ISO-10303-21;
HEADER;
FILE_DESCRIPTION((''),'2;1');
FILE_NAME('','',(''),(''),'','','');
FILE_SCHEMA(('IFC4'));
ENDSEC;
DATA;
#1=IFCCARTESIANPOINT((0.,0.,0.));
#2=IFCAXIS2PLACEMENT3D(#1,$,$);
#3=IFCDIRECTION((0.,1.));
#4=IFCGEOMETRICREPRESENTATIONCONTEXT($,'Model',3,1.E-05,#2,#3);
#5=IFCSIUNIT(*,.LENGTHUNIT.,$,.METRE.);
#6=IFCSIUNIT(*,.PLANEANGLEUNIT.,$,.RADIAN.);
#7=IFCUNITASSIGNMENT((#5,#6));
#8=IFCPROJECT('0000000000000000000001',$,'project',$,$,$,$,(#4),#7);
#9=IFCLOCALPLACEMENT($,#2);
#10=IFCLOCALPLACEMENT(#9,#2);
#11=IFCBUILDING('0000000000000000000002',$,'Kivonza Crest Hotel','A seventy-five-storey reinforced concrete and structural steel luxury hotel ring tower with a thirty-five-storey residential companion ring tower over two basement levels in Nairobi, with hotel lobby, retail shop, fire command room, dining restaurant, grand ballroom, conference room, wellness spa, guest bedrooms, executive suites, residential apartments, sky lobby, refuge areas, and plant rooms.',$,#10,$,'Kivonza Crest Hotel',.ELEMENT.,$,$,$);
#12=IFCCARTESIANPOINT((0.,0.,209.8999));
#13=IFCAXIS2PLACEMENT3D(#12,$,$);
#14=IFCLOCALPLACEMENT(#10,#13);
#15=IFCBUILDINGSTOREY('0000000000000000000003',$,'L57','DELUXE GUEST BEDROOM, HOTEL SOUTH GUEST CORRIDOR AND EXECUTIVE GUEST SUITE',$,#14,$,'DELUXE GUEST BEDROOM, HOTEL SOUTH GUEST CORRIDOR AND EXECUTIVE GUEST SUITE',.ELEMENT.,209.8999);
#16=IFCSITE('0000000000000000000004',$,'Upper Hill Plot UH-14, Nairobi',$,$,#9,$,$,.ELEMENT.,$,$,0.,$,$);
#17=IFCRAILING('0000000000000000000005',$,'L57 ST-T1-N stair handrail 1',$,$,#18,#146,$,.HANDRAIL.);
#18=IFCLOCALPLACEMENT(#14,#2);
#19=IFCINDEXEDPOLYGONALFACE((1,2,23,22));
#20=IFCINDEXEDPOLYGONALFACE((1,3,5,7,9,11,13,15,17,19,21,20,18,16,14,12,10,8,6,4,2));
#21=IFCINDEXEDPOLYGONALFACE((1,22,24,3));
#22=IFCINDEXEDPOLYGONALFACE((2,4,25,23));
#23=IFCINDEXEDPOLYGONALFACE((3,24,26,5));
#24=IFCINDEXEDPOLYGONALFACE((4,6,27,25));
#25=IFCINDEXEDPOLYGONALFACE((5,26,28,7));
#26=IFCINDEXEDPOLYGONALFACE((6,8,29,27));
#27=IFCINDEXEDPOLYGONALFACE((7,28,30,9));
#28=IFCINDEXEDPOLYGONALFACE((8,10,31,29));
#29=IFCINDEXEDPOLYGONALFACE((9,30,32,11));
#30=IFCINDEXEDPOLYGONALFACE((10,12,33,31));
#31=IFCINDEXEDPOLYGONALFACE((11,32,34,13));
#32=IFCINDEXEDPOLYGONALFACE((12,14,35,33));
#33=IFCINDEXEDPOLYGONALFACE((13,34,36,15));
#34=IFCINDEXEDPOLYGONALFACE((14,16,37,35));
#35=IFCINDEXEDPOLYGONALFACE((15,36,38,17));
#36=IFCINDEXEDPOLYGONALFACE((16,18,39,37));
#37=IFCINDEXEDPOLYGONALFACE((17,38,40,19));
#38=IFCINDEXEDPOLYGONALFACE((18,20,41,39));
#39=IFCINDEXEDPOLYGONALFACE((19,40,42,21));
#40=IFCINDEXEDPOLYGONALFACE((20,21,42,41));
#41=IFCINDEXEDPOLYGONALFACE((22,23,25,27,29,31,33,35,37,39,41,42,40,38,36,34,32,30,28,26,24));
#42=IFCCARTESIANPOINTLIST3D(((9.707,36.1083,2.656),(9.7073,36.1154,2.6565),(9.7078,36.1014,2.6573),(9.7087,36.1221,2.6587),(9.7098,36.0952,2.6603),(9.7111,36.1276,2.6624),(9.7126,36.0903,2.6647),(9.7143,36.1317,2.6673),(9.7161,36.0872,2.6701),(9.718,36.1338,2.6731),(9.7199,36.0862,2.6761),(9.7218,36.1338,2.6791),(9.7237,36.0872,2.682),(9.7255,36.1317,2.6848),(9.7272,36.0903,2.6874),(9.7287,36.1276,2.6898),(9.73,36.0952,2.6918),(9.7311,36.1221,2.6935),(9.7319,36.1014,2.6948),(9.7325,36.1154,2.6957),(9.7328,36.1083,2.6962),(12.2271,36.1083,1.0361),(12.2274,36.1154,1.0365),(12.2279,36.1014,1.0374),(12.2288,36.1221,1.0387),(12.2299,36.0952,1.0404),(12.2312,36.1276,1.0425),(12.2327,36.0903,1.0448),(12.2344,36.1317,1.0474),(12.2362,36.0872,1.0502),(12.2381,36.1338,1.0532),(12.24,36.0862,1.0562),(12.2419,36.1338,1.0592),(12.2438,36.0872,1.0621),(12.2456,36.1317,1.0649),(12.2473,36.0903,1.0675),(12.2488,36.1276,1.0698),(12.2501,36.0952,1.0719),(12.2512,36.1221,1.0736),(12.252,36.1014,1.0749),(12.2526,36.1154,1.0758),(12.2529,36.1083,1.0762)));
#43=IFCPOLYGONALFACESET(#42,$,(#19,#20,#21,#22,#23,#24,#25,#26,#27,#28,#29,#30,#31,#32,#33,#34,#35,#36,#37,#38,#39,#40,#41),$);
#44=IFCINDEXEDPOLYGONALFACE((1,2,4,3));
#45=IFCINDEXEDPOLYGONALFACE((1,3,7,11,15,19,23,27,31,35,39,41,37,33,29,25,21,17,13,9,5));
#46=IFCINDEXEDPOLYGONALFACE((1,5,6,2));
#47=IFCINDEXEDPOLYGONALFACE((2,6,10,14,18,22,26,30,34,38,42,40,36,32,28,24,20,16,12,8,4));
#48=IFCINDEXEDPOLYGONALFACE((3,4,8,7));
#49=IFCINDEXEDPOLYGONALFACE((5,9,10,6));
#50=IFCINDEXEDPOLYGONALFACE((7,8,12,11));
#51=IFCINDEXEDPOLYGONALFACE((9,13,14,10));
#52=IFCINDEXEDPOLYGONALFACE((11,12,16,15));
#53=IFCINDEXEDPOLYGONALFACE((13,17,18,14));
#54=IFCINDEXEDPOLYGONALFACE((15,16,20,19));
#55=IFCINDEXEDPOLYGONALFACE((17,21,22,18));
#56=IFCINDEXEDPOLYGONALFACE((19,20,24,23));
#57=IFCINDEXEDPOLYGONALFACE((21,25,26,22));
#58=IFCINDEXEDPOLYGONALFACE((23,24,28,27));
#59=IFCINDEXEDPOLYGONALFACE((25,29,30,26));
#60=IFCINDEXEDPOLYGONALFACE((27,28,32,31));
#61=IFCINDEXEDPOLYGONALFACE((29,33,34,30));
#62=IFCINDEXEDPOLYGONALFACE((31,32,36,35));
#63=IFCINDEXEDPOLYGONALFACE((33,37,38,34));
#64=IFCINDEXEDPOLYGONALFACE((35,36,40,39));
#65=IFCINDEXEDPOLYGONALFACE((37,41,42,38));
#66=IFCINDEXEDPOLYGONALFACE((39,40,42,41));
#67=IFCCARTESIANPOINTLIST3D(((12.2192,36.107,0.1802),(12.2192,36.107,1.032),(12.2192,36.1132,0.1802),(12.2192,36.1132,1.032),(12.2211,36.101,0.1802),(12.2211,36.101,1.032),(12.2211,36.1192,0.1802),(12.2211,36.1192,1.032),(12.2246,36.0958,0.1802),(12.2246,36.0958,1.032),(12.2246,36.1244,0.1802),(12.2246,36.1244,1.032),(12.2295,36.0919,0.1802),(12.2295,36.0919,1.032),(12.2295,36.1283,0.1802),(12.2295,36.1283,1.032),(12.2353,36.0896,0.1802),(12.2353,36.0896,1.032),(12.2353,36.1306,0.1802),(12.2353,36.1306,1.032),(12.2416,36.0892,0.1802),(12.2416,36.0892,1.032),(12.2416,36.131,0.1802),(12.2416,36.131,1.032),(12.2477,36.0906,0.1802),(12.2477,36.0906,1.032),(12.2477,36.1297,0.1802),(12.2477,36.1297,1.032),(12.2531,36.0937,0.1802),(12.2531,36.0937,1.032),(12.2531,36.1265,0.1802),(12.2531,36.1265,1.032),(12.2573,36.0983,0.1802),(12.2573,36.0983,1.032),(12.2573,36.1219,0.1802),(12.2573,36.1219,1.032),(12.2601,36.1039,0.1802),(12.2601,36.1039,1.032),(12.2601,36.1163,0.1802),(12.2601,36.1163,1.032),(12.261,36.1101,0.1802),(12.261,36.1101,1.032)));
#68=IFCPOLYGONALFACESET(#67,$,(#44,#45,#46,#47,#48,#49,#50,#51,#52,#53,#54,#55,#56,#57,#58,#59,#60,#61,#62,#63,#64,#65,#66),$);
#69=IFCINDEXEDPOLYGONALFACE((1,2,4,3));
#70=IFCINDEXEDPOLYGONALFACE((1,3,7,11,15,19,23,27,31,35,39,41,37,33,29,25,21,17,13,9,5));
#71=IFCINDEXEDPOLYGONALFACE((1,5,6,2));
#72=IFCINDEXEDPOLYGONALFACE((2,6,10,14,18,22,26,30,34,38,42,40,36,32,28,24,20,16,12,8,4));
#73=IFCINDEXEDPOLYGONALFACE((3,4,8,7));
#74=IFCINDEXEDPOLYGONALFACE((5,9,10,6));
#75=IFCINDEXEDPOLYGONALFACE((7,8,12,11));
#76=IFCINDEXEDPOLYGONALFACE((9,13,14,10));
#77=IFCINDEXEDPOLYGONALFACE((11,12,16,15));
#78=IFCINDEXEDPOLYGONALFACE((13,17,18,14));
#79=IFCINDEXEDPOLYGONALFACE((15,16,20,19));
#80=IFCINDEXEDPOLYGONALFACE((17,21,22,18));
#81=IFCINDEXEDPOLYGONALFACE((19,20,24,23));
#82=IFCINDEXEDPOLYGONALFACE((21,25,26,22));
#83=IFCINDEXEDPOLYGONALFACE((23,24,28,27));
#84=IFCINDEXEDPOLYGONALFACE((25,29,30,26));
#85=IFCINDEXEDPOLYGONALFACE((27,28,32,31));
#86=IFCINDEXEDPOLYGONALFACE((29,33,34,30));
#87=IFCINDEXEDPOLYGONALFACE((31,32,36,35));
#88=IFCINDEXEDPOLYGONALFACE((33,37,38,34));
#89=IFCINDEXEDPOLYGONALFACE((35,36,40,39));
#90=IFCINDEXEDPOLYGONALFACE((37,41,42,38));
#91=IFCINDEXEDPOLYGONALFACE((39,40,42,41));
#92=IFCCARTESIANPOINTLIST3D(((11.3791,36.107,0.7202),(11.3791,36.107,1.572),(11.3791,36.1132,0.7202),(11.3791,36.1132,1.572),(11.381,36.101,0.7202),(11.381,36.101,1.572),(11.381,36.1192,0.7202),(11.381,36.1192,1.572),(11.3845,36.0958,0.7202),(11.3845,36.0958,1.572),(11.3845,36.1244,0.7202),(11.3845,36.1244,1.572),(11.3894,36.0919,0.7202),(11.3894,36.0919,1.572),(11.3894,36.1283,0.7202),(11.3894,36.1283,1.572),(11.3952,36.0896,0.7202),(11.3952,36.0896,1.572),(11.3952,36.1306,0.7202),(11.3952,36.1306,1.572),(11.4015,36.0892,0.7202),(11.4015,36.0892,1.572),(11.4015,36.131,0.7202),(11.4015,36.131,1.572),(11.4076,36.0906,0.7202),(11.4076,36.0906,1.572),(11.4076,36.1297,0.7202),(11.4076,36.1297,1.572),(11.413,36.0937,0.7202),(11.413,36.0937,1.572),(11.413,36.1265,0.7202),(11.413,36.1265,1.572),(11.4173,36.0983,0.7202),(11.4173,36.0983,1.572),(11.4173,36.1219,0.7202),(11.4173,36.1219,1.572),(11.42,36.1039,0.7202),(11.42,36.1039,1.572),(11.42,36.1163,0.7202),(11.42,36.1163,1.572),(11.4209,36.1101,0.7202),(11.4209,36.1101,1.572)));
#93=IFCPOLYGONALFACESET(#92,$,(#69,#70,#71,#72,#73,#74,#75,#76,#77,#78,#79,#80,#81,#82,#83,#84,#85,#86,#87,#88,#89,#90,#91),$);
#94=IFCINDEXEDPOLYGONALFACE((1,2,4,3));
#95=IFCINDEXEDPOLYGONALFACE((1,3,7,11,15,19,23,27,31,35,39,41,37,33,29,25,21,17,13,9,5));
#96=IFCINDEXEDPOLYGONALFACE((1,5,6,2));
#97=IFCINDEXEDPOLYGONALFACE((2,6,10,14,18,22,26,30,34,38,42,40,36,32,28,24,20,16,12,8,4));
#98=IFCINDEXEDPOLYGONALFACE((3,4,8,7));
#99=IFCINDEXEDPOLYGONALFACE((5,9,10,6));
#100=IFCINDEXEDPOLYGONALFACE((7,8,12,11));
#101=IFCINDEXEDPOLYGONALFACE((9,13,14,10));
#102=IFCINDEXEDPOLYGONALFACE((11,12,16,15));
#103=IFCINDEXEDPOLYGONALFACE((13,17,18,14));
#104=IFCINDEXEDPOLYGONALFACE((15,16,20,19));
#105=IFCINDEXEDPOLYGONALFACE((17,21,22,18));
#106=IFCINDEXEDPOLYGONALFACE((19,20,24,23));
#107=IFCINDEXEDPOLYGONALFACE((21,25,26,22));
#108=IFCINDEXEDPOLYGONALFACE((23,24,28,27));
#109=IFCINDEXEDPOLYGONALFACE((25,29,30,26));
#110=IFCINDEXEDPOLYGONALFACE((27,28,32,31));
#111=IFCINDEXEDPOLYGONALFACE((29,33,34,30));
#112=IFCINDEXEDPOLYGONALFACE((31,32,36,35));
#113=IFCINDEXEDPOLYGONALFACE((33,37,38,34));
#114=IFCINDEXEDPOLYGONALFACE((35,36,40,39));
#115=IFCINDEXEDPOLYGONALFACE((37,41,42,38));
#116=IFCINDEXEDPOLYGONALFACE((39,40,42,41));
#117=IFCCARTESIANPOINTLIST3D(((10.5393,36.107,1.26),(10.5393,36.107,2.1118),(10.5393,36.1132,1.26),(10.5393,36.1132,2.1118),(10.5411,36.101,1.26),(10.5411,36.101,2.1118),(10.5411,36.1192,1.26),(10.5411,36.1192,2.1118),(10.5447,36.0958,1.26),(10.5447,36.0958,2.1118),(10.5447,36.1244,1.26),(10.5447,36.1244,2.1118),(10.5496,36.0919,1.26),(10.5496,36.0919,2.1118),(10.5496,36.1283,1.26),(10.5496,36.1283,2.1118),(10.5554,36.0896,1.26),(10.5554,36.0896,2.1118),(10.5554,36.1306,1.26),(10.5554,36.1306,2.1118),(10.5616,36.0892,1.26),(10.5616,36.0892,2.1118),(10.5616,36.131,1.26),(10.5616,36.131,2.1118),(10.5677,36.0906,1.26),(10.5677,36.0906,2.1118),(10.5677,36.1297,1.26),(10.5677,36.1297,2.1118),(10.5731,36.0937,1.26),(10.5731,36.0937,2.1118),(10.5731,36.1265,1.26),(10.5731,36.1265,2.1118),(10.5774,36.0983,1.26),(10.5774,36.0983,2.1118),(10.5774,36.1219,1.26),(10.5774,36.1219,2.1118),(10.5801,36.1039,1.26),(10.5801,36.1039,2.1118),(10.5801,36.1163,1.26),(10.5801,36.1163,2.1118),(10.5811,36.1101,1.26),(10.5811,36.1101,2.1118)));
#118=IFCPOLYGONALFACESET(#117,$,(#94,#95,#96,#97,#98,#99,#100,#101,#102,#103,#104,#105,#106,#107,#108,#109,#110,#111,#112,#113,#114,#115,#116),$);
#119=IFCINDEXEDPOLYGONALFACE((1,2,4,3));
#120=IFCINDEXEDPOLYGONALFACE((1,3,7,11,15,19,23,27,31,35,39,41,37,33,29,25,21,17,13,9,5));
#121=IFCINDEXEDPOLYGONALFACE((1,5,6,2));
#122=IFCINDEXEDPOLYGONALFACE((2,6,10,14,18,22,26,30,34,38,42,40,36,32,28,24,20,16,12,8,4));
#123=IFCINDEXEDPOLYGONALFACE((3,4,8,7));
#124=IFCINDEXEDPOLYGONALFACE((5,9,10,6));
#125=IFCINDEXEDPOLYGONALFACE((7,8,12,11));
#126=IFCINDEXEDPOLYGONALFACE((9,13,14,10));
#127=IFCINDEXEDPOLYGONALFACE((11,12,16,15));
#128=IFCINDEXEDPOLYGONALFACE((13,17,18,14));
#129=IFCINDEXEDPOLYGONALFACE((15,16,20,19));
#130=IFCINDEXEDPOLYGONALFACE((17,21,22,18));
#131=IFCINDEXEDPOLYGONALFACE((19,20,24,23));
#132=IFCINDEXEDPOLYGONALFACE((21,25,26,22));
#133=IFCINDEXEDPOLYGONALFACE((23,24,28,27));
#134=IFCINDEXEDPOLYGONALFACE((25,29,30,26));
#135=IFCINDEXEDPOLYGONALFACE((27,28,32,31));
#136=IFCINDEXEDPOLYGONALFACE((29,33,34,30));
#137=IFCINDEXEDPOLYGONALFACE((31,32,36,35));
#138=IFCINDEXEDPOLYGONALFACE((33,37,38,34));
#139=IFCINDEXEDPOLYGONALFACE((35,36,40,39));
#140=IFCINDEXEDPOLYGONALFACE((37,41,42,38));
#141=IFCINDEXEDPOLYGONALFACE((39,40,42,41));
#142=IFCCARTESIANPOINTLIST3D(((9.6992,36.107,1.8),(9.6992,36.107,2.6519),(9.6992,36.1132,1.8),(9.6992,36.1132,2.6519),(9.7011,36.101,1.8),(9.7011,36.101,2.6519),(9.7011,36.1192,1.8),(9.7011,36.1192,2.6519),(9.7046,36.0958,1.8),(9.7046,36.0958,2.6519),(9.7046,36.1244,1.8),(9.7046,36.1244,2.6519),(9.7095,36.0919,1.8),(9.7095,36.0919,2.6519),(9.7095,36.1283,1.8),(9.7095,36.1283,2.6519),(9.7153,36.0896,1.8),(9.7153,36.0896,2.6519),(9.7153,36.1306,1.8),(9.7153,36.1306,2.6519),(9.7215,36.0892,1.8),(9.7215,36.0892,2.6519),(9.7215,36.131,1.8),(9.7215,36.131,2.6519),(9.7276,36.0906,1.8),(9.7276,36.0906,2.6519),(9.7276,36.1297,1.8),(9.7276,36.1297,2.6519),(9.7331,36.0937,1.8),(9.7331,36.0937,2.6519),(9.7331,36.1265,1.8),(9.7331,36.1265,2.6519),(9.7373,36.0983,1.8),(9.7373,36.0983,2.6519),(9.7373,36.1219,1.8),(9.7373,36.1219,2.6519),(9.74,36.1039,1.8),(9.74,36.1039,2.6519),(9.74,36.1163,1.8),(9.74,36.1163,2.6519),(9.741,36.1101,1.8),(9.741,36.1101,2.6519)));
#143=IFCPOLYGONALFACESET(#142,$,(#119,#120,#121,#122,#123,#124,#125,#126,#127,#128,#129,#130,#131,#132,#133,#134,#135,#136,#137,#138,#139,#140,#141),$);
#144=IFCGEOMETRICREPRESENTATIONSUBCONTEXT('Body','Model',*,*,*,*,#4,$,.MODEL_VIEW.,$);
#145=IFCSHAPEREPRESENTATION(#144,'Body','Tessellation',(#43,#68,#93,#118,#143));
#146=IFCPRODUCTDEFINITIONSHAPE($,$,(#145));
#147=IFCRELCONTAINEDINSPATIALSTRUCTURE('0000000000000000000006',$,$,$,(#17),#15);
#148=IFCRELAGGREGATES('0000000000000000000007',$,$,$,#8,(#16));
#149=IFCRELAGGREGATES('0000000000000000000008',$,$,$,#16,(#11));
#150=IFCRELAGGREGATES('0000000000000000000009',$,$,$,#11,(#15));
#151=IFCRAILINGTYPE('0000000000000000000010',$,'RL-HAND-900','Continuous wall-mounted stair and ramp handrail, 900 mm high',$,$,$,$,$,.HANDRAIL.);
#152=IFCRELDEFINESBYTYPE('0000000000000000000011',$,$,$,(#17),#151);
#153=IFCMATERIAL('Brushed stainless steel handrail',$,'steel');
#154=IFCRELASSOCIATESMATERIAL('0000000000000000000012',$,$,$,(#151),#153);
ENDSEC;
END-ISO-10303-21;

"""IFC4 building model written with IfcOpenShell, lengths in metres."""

from ifc_helpers import new_model, si_unit, direction, frame, origin, origin_2d, place, context, subcontext, project, spatial, circle, extrude, material, type_object, element, save


model = new_model("IFC4")

# Units and contexts
model_context = context("Model", 3, precision=1e-05, world=origin(), true_north=direction((0.0, 1.0)))
body_context = subcontext(model_context, "Body", "Model", "MODEL_VIEW")
ifc_project = project(units=[si_unit("LENGTHUNIT", "METRE"), si_unit("PLANEANGLEUNIT", "RADIAN")], contexts=[model_context])

# Site, building, storey
site_placement = place(None, origin())
site = spatial("IfcSite", under=ifc_project, at=site_placement, Name="Upper Hill Plot UH-14, Nairobi", CompositionType="ELEMENT", RefElevation=0.0)
building_placement = place(site_placement, origin())
building = spatial("IfcBuilding", under=site, at=building_placement, Name="Kivonza Crest Hotel", Description="A seventy-five-storey reinforced concrete and structural steel luxury hotel ring tower with a thirty-five-storey residential companion ring tower over two basement levels in Nairobi, with hotel lobby, retail shop, fire command room, dining restaurant, grand ballroom, conference room, wellness spa, guest bedrooms, executive suites, residential apartments, sky lobby, refuge areas, and plant rooms.", LongName="Kivonza Crest Hotel", CompositionType="ELEMENT")
storey_placement = place(building_placement, frame((0.0, 0.0, 209.8999)))
storey = spatial("IfcBuildingStorey", under=building, at=storey_placement, Name="L57", Description="DELUXE GUEST BEDROOM, HOTEL SOUTH GUEST CORRIDOR AND EXECUTIVE GUEST SUITE", LongName="DELUXE GUEST BEDROOM, HOTEL SOUTH GUEST CORRIDOR AND EXECUTIVE GUEST SUITE", CompositionType="ELEMENT", Elevation=209.8999)

# Railing
ifc_material_1 = material(Name="Brushed stainless steel handrail", Category="steel")
railing_type_1 = type_object("IfcRailingType", Name="RL-HAND-900", Description="Continuous wall-mounted stair and ramp handrail, 900 mm high", PredefinedType="HANDRAIL", material=ifc_material_1)
railing_1_placement = place(storey_placement, frame((12.24, 36.1101, 0.1802)))
element("IfcRailing", 1, at=railing_1_placement, inside=storey, type_object=railing_type_1, Name="L57 ST-T1-N stair handrail 1", PredefinedType="HANDRAIL", context=body_context, shape_type="SweptSolid", body=[
    extrude(circle(Radius=0.0239, at=origin_2d()), frame((0.0, 0.0, 0.876), z_axis=(-0.8412, 0.0, 0.540725), x_axis=(0.0, -1.0, 0.0)), (0.0, 0.0, 1.0), 2.9958),
    extrude(circle(Radius=0.021, at=origin_2d()), origin(), (0.0, 0.0, 1.0), 0.8518),
    extrude(circle(Radius=0.021, at=origin_2d()), frame((-0.8401, 0.0, 0.54)), (0.0, 0.0, 1.0), 0.8518),
    extrude(circle(Radius=0.021, at=origin_2d()), frame((-1.6799, 0.0, 1.0798)), (0.0, 0.0, 1.0), 0.8518),
    extrude(circle(Radius=0.021, at=origin_2d()), frame((-2.52, 0.0, 1.6199)), (0.0, 0.0, 1.0), 0.8518),
])

save(model, "model.ifc")
